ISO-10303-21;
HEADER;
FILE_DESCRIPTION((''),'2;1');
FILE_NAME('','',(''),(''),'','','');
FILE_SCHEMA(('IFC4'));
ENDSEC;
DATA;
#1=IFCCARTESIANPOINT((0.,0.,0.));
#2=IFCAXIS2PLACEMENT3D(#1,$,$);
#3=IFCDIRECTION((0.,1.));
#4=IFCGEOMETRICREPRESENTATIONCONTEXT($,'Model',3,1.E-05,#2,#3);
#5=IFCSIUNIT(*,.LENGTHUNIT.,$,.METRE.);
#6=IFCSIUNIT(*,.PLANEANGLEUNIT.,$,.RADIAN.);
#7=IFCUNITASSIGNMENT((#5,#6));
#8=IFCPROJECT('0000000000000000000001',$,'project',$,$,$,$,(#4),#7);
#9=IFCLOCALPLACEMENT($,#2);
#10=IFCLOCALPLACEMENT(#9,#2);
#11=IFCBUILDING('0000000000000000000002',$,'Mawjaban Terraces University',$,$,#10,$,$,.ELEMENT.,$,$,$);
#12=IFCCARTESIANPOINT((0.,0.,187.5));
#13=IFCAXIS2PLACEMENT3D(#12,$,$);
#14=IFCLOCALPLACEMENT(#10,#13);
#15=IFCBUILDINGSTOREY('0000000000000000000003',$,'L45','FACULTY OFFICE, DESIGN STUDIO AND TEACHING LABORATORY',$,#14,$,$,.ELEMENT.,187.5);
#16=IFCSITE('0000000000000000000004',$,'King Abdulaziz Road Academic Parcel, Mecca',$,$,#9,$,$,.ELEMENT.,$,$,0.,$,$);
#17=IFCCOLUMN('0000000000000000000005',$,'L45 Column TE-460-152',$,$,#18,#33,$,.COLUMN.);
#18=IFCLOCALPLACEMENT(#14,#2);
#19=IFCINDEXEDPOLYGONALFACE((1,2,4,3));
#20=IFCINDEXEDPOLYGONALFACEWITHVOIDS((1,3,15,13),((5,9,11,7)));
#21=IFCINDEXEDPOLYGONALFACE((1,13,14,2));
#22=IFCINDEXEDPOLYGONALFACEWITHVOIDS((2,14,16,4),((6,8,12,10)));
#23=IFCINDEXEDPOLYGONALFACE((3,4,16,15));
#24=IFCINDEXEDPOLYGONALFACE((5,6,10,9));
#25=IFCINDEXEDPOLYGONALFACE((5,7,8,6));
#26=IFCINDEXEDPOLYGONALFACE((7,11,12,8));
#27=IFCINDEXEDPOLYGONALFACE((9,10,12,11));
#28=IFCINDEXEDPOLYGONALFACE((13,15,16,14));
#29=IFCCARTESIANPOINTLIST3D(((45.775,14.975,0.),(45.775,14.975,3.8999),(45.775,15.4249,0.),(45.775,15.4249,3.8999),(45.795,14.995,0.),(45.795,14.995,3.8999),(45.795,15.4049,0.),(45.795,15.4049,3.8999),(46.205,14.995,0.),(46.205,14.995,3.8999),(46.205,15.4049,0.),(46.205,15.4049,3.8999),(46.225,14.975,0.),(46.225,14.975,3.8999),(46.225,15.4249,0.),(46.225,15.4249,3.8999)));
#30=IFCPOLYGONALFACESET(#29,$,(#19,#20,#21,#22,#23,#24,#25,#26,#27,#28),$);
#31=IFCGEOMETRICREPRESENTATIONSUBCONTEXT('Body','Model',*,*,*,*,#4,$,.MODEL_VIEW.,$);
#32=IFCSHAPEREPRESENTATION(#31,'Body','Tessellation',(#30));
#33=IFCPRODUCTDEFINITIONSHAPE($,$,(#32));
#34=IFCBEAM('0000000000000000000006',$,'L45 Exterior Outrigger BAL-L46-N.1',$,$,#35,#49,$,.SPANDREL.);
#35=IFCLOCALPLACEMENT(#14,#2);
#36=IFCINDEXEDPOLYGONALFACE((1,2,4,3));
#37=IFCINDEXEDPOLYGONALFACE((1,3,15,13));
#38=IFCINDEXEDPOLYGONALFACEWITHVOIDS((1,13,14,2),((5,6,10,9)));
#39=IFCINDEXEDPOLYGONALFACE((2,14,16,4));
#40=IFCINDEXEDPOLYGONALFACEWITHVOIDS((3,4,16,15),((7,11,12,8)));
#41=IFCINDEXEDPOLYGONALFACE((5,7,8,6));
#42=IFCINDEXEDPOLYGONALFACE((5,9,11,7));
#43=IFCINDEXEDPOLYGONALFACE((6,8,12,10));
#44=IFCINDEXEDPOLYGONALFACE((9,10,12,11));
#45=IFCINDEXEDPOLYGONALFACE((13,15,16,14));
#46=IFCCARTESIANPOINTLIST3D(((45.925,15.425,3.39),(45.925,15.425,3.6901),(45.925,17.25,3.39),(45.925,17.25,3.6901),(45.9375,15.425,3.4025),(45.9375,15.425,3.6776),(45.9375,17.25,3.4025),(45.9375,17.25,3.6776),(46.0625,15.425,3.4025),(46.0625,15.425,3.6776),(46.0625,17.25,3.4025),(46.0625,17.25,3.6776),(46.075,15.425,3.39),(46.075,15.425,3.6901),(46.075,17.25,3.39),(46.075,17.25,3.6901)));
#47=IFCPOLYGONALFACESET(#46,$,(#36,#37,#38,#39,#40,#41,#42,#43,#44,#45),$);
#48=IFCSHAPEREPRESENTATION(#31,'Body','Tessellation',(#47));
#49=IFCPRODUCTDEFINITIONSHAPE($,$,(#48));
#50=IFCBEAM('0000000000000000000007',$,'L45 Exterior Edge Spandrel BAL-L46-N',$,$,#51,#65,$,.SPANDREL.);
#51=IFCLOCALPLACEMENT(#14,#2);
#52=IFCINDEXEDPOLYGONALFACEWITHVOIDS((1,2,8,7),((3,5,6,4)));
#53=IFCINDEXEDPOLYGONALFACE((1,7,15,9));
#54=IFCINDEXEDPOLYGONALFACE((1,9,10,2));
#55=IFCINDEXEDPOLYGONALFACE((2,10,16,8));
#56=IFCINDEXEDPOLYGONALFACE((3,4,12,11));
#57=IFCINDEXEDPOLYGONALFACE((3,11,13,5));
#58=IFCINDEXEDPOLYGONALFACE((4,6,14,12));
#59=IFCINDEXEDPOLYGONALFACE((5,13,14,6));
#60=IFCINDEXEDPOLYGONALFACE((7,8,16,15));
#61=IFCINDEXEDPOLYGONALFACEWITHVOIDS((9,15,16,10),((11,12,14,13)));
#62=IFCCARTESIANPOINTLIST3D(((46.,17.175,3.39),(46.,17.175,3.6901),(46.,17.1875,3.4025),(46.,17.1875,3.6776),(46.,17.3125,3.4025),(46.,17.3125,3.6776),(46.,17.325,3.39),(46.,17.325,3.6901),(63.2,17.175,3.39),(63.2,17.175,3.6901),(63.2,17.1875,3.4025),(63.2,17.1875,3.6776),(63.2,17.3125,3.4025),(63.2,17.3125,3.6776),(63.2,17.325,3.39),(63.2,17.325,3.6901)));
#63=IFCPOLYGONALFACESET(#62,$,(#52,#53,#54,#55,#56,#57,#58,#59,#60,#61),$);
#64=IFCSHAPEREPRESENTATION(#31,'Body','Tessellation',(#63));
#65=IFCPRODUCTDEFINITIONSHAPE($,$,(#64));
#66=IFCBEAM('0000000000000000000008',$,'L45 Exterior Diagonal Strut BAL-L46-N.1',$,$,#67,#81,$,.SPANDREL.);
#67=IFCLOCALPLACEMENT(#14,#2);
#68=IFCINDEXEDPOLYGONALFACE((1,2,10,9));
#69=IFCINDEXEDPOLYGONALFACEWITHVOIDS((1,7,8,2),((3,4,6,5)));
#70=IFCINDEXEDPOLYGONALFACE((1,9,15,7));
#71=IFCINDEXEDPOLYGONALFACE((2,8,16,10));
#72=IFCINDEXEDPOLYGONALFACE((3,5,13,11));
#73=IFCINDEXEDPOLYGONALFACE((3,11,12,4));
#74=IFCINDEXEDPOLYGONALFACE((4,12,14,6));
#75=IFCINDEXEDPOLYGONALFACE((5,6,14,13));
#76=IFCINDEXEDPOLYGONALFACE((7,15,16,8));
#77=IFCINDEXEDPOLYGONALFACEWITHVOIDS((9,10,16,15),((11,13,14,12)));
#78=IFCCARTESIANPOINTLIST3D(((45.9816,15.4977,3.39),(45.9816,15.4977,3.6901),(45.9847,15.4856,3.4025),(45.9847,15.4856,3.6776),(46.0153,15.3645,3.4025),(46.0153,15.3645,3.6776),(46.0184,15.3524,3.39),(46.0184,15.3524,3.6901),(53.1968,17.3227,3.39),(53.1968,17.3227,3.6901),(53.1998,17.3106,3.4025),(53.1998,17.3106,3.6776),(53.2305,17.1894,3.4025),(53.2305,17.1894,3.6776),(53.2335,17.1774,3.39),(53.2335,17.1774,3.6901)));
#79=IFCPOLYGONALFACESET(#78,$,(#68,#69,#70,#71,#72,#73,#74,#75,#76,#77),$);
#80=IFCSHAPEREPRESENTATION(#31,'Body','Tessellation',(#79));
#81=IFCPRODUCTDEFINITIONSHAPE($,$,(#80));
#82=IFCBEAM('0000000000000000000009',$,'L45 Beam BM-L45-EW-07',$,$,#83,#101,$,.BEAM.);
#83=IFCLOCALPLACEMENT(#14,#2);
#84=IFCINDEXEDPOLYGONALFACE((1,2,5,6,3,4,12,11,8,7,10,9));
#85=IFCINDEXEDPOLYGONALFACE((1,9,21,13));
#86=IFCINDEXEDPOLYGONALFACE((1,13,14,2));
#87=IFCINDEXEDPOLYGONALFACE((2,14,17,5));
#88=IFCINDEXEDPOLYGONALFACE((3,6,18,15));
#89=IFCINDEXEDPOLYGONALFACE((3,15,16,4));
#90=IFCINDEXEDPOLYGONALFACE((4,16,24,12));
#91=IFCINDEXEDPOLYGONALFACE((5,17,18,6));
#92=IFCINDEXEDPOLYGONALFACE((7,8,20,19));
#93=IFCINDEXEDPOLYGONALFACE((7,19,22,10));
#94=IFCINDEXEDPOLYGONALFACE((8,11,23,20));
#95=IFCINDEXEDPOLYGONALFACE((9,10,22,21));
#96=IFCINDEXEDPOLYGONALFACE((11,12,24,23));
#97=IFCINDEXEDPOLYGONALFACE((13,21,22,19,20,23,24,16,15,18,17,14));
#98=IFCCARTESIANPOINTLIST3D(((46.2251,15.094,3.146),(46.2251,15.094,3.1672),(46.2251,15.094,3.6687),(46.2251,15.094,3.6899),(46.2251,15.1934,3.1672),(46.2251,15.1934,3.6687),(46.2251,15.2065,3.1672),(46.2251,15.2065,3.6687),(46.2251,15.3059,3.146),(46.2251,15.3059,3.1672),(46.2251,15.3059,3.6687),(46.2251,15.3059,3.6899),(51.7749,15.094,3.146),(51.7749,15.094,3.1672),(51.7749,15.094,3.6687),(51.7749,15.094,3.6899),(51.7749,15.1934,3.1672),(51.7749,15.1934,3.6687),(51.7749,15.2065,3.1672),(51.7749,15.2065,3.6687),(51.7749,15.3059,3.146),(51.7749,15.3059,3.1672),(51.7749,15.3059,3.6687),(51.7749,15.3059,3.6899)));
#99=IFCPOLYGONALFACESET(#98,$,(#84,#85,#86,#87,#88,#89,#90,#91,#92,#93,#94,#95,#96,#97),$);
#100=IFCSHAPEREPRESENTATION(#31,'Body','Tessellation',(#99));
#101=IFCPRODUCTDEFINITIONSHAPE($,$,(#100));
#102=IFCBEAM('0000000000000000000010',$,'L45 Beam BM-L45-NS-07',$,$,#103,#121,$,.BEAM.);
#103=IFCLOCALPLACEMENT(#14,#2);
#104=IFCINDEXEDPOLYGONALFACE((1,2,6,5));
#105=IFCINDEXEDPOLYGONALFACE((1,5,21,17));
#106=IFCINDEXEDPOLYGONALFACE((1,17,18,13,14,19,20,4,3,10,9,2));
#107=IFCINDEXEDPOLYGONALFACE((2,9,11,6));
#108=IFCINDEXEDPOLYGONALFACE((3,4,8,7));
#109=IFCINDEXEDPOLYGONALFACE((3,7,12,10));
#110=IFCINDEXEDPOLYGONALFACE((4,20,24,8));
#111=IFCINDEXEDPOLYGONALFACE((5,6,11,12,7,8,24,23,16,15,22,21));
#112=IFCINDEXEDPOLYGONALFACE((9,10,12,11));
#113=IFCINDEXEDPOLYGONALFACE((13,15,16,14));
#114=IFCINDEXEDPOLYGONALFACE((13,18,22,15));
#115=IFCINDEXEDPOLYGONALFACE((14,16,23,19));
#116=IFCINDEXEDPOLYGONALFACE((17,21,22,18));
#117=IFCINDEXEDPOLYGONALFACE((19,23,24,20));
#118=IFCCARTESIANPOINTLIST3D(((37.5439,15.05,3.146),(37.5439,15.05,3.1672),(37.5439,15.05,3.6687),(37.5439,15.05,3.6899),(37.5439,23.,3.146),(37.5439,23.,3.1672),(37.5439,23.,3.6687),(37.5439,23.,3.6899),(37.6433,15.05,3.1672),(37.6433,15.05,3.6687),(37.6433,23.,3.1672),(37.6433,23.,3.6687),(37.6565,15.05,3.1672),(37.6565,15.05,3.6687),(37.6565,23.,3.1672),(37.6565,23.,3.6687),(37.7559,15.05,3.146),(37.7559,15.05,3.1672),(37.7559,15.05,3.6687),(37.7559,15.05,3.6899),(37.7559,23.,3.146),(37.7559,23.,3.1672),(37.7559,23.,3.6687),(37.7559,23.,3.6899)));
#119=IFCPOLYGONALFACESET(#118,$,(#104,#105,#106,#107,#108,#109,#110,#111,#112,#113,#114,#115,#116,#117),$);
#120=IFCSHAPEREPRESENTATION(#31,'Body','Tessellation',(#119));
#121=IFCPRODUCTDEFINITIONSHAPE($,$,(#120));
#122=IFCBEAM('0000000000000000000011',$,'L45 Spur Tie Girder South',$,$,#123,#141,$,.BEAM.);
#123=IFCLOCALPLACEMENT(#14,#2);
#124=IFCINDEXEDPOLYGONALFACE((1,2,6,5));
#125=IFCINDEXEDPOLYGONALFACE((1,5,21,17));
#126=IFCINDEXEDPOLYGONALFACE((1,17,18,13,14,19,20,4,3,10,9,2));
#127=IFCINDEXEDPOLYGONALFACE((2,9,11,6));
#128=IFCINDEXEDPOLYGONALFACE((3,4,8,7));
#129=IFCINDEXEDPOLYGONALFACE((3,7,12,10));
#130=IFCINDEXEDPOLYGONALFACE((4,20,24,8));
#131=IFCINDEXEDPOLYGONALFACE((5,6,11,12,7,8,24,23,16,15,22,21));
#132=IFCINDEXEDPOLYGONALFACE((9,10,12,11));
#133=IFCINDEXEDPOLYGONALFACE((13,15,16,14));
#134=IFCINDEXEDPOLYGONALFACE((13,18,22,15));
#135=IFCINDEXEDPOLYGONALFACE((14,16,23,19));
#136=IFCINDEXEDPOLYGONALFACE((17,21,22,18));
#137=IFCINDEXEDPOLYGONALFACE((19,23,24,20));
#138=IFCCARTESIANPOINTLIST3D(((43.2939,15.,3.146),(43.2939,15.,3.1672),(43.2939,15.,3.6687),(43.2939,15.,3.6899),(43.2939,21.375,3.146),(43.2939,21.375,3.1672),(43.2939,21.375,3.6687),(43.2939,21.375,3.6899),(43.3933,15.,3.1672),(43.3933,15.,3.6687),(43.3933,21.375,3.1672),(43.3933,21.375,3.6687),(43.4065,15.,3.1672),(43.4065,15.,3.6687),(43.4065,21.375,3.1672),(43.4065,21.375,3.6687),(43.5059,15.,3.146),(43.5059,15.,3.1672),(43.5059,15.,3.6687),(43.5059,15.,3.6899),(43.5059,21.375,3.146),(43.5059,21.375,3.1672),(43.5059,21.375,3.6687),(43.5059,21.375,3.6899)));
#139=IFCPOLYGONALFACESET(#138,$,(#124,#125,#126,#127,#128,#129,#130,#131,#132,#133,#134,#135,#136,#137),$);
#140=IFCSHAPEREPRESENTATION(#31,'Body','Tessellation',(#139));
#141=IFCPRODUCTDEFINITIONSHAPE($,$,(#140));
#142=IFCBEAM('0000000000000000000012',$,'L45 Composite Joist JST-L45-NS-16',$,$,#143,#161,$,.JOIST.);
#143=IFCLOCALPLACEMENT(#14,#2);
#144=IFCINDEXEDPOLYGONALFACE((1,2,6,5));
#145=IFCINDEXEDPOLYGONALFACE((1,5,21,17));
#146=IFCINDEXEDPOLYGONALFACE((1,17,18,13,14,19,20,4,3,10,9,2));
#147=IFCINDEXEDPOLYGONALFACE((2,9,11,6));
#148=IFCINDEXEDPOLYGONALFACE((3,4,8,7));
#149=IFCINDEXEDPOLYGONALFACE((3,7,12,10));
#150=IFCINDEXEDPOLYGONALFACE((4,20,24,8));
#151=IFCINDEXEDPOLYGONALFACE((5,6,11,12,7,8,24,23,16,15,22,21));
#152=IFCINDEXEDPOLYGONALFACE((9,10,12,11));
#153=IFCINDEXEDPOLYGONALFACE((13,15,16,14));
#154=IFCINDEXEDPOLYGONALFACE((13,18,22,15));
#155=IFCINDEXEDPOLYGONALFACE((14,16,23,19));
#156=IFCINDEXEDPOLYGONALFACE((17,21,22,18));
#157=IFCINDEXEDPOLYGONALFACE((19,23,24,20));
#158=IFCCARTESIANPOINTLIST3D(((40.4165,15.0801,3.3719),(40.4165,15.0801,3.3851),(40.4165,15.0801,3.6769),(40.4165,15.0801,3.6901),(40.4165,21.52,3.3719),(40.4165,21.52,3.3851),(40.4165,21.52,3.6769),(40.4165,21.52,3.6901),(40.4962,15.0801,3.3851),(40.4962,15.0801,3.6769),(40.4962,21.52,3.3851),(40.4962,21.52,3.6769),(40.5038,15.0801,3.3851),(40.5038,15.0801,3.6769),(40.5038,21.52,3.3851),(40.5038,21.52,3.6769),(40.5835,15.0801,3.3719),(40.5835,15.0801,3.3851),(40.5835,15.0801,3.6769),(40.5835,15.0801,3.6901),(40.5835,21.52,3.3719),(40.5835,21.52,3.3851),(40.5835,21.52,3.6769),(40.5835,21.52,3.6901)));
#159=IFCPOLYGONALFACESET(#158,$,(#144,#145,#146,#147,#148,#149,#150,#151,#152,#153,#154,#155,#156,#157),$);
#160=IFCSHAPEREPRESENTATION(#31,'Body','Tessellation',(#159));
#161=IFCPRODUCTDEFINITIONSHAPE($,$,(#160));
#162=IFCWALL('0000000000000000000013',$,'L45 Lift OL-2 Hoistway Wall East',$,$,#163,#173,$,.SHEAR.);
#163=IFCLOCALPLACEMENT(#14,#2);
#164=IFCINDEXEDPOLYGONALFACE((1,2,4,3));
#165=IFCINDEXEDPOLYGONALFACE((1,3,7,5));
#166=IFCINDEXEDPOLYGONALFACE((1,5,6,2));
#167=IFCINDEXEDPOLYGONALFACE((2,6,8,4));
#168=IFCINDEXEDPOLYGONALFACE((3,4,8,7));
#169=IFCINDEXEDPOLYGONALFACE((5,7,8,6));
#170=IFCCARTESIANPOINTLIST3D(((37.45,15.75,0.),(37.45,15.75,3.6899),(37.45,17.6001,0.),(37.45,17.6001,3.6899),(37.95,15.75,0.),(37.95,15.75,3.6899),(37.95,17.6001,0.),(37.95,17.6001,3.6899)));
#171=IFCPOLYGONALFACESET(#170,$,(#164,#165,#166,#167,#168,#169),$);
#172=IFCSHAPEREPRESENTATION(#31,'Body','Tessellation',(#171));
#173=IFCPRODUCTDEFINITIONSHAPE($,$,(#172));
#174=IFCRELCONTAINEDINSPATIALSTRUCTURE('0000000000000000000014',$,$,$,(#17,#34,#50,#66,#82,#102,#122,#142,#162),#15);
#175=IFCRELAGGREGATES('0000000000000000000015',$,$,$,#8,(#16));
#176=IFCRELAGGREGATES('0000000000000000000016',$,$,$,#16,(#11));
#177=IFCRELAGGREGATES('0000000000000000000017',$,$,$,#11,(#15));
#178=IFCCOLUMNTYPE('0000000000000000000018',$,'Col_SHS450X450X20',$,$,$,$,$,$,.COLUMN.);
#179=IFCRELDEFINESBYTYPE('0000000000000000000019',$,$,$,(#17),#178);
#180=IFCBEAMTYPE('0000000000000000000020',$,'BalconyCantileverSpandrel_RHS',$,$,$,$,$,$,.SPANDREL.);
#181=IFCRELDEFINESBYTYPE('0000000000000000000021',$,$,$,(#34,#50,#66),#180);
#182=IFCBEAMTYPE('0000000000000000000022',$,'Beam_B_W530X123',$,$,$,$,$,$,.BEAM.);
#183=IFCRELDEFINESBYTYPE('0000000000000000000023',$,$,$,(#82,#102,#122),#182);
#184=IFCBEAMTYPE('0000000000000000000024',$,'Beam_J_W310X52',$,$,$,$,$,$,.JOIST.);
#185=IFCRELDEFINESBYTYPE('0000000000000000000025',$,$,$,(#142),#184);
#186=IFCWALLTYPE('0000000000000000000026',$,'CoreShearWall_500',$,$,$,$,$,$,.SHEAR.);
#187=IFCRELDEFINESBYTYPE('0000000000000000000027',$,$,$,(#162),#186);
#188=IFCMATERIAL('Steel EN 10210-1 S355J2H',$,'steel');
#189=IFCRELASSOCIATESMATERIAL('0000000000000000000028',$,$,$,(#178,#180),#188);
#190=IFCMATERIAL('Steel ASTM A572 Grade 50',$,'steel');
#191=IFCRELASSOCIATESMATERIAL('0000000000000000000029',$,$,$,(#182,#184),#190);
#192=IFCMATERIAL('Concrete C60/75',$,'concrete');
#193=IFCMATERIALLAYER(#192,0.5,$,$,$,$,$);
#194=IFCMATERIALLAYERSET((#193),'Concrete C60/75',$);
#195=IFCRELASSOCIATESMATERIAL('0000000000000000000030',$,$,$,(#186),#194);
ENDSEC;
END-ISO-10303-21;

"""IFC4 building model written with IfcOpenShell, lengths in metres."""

from ifc_helpers import new_model, si_unit, direction, frame, frame_2d, origin, origin_2d, place, context, subcontext, project, spatial, rectangle, hollow_rectangle, i_section, extrude, material, layer, layer_set, material_profile, profile_set, type_object, element, save


model = new_model("IFC4")

# Units and contexts
model_context = context("Model", 3, precision=1e-05, world=origin(), true_north=direction((0.0, 1.0)))
body_context = subcontext(model_context, "Body", "Model", "MODEL_VIEW")
ifc_project = project(units=[si_unit("LENGTHUNIT", "METRE"), si_unit("PLANEANGLEUNIT", "RADIAN")], contexts=[model_context])

# Site, building, storey
site_placement = place(None, origin())
site = spatial("IfcSite", under=ifc_project, at=site_placement, Name="King Abdulaziz Road Academic Parcel, Mecca", CompositionType="ELEMENT", RefElevation=0.0)
building_placement = place(site_placement, origin())
building = spatial("IfcBuilding", under=site, at=building_placement, Name="Mawjaban Terraces University", CompositionType="ELEMENT")
storey_placement = place(building_placement, frame((0.0, 0.0, 187.5)))
storey = spatial("IfcBuildingStorey", under=building, at=storey_placement, Name="L45", Description="FACULTY OFFICE, DESIGN STUDIO AND TEACHING LABORATORY", CompositionType="ELEMENT", Elevation=187.5)

# Column
ifc_material_1 = material(Name="Steel EN 10210-1 S355J2H", Category="steel")
ifc_material_profile_1 = material_profile(ifc_material_1, hollow_rectangle(XDim=0.45, YDim=0.45, WallThickness=0.02, at=origin_2d()), Name="SHS450X450X20")
ifc_profile_set_1 = profile_set([ifc_material_profile_1], Name="Steel EN 10210-1 S355J2H")
column_type = type_object("IfcColumnType", Name="Col_SHS450X450X20", PredefinedType="COLUMN", material=ifc_profile_set_1)
column_placement = place(storey_placement, frame((46.0, 15.2, 0.0), z_axis=(0.0, 0.0, 1.0), x_axis=(1.0, 0.0, 0.0)))
element("IfcColumn", 1, at=column_placement, inside=storey, type_object=column_type, Name="L45 Column TE-460-152", PredefinedType="COLUMN", context=body_context, shape_type="SweptSolid", body=[
    extrude(hollow_rectangle(XDim=0.45, YDim=0.45, WallThickness=0.02, at=origin_2d()), origin(), (0.0, 0.0, 1.0), 3.8999),
])

# Beams
ifc_material_profile_2 = material_profile(ifc_material_1, hollow_rectangle(XDim=0.1499, YDim=0.3, WallThickness=0.0125, at=origin_2d()), Name="RHS300X150X12.5")
ifc_profile_set_2 = profile_set([ifc_material_profile_2], Name="Steel EN 10210-1 S355J2H")
beam_type_1 = type_object("IfcBeamType", Name="BalconyCantileverSpandrel_RHS", PredefinedType="SPANDREL", material=ifc_profile_set_2)
beam_1_placement = place(storey_placement, frame((46.0, 15.425, 3.54), z_axis=(0.0, 1.0, 0.0), x_axis=(-1.0, 0.0, 0.0)))
element("IfcBeam", 2, at=beam_1_placement, inside=storey, type_object=beam_type_1, Name="L45 Exterior Outrigger BAL-L46-N.1", PredefinedType="SPANDREL", context=body_context, shape_type="SweptSolid", body=[
    extrude(hollow_rectangle(XDim=0.1499, YDim=0.3, WallThickness=0.0125, at=origin_2d()), origin(), (0.0, 0.0, 1.0), 1.825),
])
beam_2_placement = place(storey_placement, frame((46.0, 17.25, 3.54), z_axis=(1.0, 0.0, 0.0), x_axis=(0.0, 1.0, 0.0)))
element("IfcBeam", 3, at=beam_2_placement, inside=storey, type_object=beam_type_1, Name="L45 Exterior Edge Spandrel BAL-L46-N", PredefinedType="SPANDREL", context=body_context, shape_type="SweptSolid", body=[
    extrude(hollow_rectangle(XDim=0.1499, YDim=0.3, WallThickness=0.0125, at=origin_2d()), origin(), (0.0, 0.0, 1.0), 17.2),
])
beam_3_placement = place(storey_placement, frame((46.0, 15.425, 3.54), z_axis=(0.969469, 0.245213, 0.0), x_axis=(-0.245213, 0.969469, 0.0)))
element("IfcBeam", 4, at=beam_3_placement, inside=storey, type_object=beam_type_1, Name="L45 Exterior Diagonal Strut BAL-L46-N.1", PredefinedType="SPANDREL", context=body_context, shape_type="SweptSolid", body=[
    extrude(hollow_rectangle(XDim=0.1499, YDim=0.3, WallThickness=0.0125, at=origin_2d()), origin(), (0.0, 0.0, 1.0), 7.4424),
])
ifc_material_2 = material(Name="Steel ASTM A572 Grade 50", Category="steel")
ifc_material_profile_3 = material_profile(ifc_material_2, i_section(OverallWidth=0.2119, OverallDepth=0.5439, WebThickness=0.0132, FlangeThickness=0.0212, at=origin_2d()), Name="W530X123")
ifc_profile_set_3 = profile_set([ifc_material_profile_3], Name="Steel ASTM A572 Grade 50")
beam_type_2 = type_object("IfcBeamType", Name="Beam_B_W530X123", PredefinedType="BEAM", material=ifc_profile_set_3)
beam_4_placement = place(storey_placement, frame((46.2251, 15.2, 3.418), z_axis=(1.0, 0.0, 0.0), x_axis=(0.0, 1.0, 0.0)))
element("IfcBeam", 5, at=beam_4_placement, inside=storey, type_object=beam_type_2, Name="L45 Beam BM-L45-EW-07", PredefinedType="BEAM", context=body_context, shape_type="SweptSolid", body=[
    extrude(i_section(OverallWidth=0.2119, OverallDepth=0.5439, WebThickness=0.0132, FlangeThickness=0.0212, at=origin_2d()), origin(), (0.0, 0.0, 1.0), 5.5498),
])
beam_5_placement = place(storey_placement, frame((37.6499, 15.05, 3.418), z_axis=(0.0, 1.0, 0.0), x_axis=(-1.0, 0.0, 0.0)))
element("IfcBeam", 6, at=beam_5_placement, inside=storey, type_object=beam_type_2, Name="L45 Beam BM-L45-NS-07", PredefinedType="BEAM", context=body_context, shape_type="SweptSolid", body=[
    extrude(i_section(OverallWidth=0.2119, OverallDepth=0.5439, WebThickness=0.0132, FlangeThickness=0.0212, at=origin_2d()), origin(), (0.0, 0.0, 1.0), 7.95),
])
beam_6_placement = place(storey_placement, frame((43.3999, 15.0, 3.418), z_axis=(0.0, 1.0, 0.0), x_axis=(-1.0, 0.0, 0.0)))
element("IfcBeam", 7, at=beam_6_placement, inside=storey, type_object=beam_type_2, Name="L45 Spur Tie Girder South", PredefinedType="BEAM", context=body_context, shape_type="SweptSolid", body=[
    extrude(i_section(OverallWidth=0.2119, OverallDepth=0.5439, WebThickness=0.0132, FlangeThickness=0.0212, at=origin_2d()), origin(), (0.0, 0.0, 1.0), 6.375),
])
ifc_material_profile_4 = material_profile(ifc_material_2, i_section(OverallWidth=0.167, OverallDepth=0.3181, WebThickness=0.0076, FlangeThickness=0.0132, at=origin_2d()), Name="W310X52")
ifc_profile_set_4 = profile_set([ifc_material_profile_4], Name="Steel ASTM A572 Grade 50")
beam_type_3 = type_object("IfcBeamType", Name="Beam_J_W310X52", PredefinedType="JOIST", material=ifc_profile_set_4)
beam_7_placement = place(storey_placement, frame((40.5, 15.0801, 3.531), z_axis=(0.0, 1.0, 0.0), x_axis=(-1.0, 0.0, 0.0)))
element("IfcBeam", 8, at=beam_7_placement, inside=storey, type_object=beam_type_3, Name="L45 Composite Joist JST-L45-NS-16", PredefinedType="JOIST", context=body_context, shape_type="SweptSolid", body=[
    extrude(i_section(OverallWidth=0.167, OverallDepth=0.3181, WebThickness=0.0076, FlangeThickness=0.0132, at=origin_2d()), origin(), (0.0, 0.0, 1.0), 6.4399),
])

# Wall
ifc_material_3 = material(Name="Concrete C60/75", Category="concrete")
ifc_layer_1 = layer(ifc_material_3, 0.5)
ifc_layer_set_1 = layer_set([ifc_layer_1], Name="Concrete C60/75")
wall_type_1 = type_object("IfcWallType", Name="CoreShearWall_500", PredefinedType="SHEAR", material=ifc_layer_set_1)
wall_1_placement = place(storey_placement, frame((37.7, 15.75, 0.0), z_axis=(0.0, 0.0, 1.0), x_axis=(0.0, 1.0, 0.0)))
element("IfcWall", 9, at=wall_1_placement, inside=storey, type_object=wall_type_1, Name="L45 Lift OL-2 Hoistway Wall East", PredefinedType="SHEAR", context=body_context, shape_type="SweptSolid", body=[
    extrude(rectangle(XDim=1.8501, YDim=0.5, at=frame_2d((0.925, 0.0))), origin(), (0.0, 0.0, 1.0), 3.6899),
])

save(model, "model.ifc")
